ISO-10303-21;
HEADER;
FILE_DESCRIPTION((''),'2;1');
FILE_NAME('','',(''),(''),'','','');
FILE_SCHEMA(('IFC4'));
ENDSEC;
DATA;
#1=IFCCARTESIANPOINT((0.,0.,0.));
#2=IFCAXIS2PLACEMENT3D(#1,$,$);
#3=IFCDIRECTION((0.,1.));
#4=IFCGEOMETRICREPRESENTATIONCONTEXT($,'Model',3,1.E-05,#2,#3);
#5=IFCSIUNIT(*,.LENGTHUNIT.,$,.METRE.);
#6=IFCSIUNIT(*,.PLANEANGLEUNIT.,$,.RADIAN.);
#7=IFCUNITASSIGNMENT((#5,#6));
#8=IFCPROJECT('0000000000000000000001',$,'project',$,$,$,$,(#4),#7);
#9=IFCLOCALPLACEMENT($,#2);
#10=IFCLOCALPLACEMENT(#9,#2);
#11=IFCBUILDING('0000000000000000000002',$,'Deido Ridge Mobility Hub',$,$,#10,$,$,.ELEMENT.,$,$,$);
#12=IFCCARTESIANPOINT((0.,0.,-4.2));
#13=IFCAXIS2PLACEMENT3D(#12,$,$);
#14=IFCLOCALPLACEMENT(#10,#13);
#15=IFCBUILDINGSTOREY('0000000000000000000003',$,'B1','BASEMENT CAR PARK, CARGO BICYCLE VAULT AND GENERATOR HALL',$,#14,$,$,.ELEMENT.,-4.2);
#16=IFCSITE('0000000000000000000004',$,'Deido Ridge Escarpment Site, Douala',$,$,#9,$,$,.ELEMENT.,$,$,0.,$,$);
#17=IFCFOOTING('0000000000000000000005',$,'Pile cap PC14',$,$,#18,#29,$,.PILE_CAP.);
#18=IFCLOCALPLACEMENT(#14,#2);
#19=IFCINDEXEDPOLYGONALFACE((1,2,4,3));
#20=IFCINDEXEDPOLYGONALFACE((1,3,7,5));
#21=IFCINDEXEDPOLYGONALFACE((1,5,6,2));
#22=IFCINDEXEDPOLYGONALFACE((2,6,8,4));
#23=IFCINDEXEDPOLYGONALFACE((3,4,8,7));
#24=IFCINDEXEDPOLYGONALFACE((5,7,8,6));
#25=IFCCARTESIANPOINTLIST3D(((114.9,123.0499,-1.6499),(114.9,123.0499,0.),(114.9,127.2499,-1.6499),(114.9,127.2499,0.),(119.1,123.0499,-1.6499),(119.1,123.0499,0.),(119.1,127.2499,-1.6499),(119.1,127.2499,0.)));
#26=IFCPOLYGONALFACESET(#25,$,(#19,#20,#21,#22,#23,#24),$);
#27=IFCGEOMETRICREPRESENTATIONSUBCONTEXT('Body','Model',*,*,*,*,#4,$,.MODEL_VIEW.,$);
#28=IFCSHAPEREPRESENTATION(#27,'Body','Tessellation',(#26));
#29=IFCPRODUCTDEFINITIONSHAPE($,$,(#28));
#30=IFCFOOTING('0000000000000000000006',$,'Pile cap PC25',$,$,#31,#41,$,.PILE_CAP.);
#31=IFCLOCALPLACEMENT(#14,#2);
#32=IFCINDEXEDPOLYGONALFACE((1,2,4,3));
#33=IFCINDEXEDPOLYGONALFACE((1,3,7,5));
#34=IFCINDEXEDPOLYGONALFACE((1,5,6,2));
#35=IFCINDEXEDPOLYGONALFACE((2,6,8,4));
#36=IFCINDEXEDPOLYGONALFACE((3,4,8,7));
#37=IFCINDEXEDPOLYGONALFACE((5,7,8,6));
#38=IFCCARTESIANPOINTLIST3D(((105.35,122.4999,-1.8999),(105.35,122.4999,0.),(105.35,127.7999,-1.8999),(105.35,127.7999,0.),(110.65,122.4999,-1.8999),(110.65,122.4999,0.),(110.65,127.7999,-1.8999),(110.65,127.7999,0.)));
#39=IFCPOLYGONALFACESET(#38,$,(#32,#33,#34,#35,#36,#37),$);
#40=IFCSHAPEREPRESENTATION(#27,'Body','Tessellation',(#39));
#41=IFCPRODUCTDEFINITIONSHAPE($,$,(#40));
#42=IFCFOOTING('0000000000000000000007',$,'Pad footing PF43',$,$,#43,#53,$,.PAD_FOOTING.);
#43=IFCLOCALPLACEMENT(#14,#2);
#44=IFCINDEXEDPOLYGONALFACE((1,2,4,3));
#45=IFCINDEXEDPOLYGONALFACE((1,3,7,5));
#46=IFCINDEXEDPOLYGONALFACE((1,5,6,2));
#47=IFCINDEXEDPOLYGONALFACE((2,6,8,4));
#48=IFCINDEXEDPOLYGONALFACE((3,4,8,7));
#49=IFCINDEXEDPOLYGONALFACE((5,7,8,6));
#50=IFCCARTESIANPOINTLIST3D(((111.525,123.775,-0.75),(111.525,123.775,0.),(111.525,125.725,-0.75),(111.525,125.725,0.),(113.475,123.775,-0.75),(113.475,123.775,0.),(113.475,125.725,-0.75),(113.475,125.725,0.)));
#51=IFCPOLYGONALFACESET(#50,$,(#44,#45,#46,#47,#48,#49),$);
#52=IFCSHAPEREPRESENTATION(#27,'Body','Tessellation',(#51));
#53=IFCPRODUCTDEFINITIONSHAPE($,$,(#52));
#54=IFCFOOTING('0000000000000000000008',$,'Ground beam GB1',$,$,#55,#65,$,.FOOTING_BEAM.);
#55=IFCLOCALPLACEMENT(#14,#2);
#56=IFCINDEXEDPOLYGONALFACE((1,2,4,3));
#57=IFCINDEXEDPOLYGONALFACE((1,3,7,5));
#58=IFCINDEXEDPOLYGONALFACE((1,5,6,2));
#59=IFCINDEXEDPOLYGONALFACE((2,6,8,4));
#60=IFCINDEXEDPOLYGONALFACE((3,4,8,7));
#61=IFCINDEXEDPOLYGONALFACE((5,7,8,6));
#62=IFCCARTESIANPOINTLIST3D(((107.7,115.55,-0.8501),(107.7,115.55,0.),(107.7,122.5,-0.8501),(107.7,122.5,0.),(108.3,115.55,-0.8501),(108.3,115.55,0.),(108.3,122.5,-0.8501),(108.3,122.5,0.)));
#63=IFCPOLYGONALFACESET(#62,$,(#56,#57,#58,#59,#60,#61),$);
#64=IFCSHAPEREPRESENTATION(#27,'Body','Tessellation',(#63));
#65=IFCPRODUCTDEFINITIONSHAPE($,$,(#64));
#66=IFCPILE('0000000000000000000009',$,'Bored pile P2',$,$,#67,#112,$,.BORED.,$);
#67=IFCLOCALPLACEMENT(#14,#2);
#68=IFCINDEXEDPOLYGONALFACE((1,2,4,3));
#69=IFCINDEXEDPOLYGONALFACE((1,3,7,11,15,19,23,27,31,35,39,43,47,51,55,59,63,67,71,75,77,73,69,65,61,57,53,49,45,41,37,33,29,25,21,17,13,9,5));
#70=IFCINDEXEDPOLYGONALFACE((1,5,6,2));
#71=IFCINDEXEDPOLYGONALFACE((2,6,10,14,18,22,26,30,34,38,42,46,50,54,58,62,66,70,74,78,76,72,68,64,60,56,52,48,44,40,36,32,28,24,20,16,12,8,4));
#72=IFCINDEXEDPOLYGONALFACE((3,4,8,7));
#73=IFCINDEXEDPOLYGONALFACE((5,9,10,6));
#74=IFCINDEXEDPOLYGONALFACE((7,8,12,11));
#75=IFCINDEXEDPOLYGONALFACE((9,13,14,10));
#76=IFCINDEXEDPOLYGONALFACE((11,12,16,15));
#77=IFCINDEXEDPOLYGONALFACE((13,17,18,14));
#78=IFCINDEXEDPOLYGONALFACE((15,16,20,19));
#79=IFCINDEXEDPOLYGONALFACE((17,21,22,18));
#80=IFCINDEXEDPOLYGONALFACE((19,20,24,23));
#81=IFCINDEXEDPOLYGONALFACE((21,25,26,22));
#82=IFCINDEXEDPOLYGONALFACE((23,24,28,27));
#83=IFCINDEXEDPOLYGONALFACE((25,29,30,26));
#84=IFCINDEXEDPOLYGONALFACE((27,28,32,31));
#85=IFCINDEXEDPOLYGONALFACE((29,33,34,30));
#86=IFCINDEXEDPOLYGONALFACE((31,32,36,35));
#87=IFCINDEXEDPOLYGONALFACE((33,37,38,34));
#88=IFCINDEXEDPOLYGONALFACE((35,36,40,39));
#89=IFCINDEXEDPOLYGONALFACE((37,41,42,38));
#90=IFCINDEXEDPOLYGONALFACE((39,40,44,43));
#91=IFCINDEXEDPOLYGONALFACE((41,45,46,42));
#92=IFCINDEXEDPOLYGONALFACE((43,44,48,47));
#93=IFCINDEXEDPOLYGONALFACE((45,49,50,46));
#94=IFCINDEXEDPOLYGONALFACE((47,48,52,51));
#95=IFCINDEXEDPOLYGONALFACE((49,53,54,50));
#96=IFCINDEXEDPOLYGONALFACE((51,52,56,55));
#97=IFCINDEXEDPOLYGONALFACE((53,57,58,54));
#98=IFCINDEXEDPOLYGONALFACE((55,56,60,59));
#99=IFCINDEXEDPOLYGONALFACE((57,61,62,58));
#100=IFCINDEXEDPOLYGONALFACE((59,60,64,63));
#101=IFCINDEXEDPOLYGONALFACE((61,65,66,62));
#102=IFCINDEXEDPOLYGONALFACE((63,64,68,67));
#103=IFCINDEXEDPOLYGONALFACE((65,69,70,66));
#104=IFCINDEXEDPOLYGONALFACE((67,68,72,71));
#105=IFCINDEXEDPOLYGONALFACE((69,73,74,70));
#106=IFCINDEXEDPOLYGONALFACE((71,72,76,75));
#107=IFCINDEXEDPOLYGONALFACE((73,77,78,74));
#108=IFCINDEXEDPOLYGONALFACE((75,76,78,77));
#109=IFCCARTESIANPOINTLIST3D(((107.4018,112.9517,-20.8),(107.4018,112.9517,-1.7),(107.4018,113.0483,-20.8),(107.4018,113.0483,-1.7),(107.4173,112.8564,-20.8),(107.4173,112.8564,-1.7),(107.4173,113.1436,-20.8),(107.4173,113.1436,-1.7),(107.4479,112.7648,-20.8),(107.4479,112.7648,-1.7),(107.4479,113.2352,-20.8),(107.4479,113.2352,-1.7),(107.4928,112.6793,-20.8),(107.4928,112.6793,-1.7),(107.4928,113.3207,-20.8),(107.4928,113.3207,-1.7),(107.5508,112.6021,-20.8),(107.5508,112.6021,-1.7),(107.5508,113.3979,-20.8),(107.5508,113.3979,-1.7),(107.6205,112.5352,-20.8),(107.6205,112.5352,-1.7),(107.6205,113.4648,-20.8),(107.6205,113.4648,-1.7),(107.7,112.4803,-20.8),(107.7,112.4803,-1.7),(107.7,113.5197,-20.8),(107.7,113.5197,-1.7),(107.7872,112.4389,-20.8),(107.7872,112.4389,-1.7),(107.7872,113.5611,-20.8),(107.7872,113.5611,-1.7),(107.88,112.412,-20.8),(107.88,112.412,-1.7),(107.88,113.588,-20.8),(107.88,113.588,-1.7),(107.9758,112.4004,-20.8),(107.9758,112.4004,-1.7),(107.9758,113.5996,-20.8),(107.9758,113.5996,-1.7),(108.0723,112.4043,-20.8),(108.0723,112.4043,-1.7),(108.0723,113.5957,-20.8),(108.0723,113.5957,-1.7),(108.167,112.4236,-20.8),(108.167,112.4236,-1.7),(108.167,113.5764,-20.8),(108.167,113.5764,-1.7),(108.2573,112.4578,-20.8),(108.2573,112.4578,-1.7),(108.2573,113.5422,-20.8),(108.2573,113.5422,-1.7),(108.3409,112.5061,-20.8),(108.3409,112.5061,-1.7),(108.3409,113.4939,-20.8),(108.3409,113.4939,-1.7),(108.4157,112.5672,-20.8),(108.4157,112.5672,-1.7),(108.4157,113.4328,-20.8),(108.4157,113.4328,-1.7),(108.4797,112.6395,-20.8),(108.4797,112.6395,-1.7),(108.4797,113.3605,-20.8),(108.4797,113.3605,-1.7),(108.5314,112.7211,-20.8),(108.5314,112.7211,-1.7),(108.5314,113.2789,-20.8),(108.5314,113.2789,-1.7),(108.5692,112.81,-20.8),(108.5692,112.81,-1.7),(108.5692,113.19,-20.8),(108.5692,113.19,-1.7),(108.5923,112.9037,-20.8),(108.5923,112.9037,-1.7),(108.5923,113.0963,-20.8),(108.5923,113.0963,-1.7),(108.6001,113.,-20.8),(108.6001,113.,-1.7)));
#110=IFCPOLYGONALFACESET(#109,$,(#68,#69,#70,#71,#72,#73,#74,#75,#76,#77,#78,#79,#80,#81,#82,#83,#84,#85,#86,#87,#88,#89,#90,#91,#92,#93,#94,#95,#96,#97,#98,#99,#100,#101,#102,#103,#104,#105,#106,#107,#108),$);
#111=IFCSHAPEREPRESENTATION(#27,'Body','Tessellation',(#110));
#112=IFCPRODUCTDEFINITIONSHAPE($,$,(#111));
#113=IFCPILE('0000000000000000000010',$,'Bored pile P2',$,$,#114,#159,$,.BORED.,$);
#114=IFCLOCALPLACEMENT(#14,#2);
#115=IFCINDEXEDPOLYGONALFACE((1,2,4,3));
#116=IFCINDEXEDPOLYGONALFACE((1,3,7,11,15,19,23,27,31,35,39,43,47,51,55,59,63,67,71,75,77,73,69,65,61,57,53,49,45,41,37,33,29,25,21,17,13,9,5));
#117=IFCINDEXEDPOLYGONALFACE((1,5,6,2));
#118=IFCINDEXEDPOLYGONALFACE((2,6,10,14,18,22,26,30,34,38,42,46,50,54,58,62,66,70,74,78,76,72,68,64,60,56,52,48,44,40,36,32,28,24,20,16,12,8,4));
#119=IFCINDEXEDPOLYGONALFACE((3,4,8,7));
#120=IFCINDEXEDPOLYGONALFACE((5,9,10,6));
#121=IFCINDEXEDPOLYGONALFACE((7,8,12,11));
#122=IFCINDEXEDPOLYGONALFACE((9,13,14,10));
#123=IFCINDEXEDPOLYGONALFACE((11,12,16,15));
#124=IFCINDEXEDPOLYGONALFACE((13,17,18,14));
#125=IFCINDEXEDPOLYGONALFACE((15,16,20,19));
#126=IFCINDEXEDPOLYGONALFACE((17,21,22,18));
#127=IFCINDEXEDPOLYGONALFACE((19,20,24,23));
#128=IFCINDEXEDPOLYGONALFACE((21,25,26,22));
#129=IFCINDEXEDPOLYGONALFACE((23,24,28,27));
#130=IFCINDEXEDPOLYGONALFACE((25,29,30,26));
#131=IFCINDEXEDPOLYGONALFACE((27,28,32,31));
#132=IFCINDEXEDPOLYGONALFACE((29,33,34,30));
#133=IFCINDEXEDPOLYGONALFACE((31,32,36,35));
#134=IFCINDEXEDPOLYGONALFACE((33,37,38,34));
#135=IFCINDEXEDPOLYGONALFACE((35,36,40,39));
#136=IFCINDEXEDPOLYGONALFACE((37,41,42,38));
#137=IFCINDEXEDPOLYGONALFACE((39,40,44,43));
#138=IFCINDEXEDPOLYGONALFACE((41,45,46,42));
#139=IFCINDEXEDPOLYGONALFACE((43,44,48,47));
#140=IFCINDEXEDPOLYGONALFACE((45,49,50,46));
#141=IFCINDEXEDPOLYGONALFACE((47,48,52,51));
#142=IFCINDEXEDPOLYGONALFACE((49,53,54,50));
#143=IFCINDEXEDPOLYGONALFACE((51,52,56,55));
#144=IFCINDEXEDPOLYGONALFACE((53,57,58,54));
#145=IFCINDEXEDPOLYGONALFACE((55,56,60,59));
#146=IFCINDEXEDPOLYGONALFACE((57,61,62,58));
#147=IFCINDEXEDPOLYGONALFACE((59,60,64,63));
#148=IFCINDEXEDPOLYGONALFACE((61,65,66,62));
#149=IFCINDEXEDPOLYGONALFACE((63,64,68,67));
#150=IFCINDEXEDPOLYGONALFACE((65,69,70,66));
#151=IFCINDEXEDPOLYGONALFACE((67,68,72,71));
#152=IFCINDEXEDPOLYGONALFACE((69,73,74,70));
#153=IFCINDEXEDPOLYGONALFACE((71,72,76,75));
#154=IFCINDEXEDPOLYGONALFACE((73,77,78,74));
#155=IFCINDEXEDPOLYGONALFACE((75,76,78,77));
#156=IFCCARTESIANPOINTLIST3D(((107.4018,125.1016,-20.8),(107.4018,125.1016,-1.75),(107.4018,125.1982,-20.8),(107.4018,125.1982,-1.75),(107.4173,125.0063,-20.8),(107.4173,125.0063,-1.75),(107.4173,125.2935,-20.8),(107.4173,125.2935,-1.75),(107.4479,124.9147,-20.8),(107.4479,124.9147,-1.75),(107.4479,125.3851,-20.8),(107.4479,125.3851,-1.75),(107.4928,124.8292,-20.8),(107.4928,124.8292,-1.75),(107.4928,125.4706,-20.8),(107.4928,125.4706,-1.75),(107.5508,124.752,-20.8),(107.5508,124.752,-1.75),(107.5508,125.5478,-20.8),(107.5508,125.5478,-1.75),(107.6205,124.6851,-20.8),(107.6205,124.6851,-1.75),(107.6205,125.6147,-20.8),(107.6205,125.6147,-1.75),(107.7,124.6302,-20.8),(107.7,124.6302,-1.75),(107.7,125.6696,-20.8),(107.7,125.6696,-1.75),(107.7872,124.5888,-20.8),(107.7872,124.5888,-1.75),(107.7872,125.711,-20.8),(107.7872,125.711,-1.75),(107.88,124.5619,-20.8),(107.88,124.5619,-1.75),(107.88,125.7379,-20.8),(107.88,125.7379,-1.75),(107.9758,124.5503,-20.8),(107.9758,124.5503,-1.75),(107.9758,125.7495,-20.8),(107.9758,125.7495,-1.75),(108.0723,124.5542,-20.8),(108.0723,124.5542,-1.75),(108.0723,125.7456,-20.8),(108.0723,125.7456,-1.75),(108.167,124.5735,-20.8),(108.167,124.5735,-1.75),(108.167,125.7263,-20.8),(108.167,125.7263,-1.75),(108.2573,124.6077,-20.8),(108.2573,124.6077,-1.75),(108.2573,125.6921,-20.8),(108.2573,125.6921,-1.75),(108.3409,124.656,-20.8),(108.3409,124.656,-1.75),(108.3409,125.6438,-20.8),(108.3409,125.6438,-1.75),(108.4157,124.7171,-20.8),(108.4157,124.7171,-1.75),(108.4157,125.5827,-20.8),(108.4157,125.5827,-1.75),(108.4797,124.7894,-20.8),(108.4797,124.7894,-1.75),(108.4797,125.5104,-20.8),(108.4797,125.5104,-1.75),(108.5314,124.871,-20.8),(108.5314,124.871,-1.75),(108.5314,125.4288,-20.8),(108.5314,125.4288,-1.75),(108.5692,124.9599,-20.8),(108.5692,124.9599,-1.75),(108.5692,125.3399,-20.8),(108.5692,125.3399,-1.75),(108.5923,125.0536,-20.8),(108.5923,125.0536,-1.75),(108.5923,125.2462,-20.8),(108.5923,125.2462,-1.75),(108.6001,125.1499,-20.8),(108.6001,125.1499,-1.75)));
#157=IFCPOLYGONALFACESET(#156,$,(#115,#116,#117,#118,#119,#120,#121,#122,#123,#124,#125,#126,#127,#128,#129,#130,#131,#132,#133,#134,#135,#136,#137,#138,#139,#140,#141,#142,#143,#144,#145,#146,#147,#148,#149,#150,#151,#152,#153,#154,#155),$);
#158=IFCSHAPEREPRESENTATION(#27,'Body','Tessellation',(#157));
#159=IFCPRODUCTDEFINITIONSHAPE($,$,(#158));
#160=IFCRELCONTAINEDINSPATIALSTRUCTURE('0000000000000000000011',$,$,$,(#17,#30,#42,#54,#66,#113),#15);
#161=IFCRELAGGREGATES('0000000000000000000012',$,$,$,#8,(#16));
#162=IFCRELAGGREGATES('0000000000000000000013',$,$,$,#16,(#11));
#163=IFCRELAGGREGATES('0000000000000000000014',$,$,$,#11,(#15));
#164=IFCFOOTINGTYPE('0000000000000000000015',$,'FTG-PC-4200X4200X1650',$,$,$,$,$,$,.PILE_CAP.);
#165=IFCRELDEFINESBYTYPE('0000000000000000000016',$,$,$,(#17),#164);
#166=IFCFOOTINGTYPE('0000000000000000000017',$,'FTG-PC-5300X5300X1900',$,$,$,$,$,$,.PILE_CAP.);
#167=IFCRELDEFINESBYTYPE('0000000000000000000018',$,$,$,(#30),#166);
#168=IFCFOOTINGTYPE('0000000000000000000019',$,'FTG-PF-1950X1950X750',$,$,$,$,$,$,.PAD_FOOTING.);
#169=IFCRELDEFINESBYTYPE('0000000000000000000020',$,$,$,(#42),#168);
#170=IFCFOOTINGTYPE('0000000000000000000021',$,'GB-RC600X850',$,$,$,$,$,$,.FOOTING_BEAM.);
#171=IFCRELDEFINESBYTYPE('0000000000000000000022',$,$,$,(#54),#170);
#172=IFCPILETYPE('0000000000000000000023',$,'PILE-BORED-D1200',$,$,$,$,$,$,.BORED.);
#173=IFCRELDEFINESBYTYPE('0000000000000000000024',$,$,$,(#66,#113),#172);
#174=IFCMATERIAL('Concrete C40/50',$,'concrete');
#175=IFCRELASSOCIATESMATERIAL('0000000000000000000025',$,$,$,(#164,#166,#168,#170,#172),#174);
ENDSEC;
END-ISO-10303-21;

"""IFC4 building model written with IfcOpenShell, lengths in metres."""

from ifc_helpers import new_model, si_unit, direction, frame, origin, origin_2d, place, context, subcontext, project, spatial, rectangle, circle, extrude, material, material_profile, profile_set, type_object, element, save


model = new_model("IFC4")

# Units and contexts
model_context = context("Model", 3, precision=1e-05, world=origin(), true_north=direction((0.0, 1.0)))
body_context = subcontext(model_context, "Body", "Model", "MODEL_VIEW")
ifc_project = project(units=[si_unit("LENGTHUNIT", "METRE"), si_unit("PLANEANGLEUNIT", "RADIAN")], contexts=[model_context])

# Site, building, storey
site_placement = place(None, origin())
site = spatial("IfcSite", under=ifc_project, at=site_placement, Name="Deido Ridge Escarpment Site, Douala", CompositionType="ELEMENT", RefElevation=0.0)
building_placement = place(site_placement, origin())
building = spatial("IfcBuilding", under=site, at=building_placement, Name="Deido Ridge Mobility Hub", CompositionType="ELEMENT")
storey_placement = place(building_placement, frame((0.0, 0.0, -4.2)))
storey = spatial("IfcBuildingStorey", under=building, at=storey_placement, Name="B1", Description="BASEMENT CAR PARK, CARGO BICYCLE VAULT AND GENERATOR HALL", CompositionType="ELEMENT", Elevation=-4.2)

# Footings
ifc_material_1 = material(Name="Concrete C40/50", Category="concrete")
footing_type_1 = type_object("IfcFootingType", Name="FTG-PC-4200X4200X1650", PredefinedType="PILE_CAP", material=ifc_material_1)
footing_1_placement = place(storey_placement, frame((117.0, 125.1499, -1.6499), z_axis=(0.0, 0.0, 1.0), x_axis=(1.0, 0.0, 0.0)))
element("IfcFooting", 1, at=footing_1_placement, inside=storey, type_object=footing_type_1, Name="Pile cap PC14", PredefinedType="PILE_CAP", context=body_context, shape_type="SweptSolid", body=[
    extrude(rectangle(XDim=4.2, YDim=4.2, at=origin_2d()), origin(), (0.0, 0.0, 1.0), 1.6499),
])
footing_type_2 = type_object("IfcFootingType", Name="FTG-PC-5300X5300X1900", PredefinedType="PILE_CAP", material=ifc_material_1)
footing_2_placement = place(storey_placement, frame((108.0, 125.1499, -1.8999), z_axis=(0.0, 0.0, 1.0), x_axis=(1.0, 0.0, 0.0)))
element("IfcFooting", 2, at=footing_2_placement, inside=storey, type_object=footing_type_2, Name="Pile cap PC25", PredefinedType="PILE_CAP", context=body_context, shape_type="SweptSolid", body=[
    extrude(rectangle(XDim=5.3, YDim=5.3, at=origin_2d()), origin(), (0.0, 0.0, 1.0), 1.8999),
])
footing_type_3 = type_object("IfcFootingType", Name="FTG-PF-1950X1950X750", PredefinedType="PAD_FOOTING", material=ifc_material_1)
footing_3_placement = place(storey_placement, frame((112.5, 124.75, -0.75), z_axis=(0.0, 0.0, 1.0), x_axis=(1.0, 0.0, 0.0)))
element("IfcFooting", 3, at=footing_3_placement, inside=storey, type_object=footing_type_3, Name="Pad footing PF43", PredefinedType="PAD_FOOTING", context=body_context, shape_type="SweptSolid", body=[
    extrude(rectangle(XDim=1.95, YDim=1.95, at=origin_2d()), origin(), (0.0, 0.0, 1.0), 0.75),
])
ifc_material_profile_1 = material_profile(ifc_material_1, rectangle(XDim=0.6001, YDim=0.8501, at=origin_2d()), Name="RC GB 600x850")
ifc_profile_set_1 = profile_set([ifc_material_profile_1], Name="Concrete C40/50")
footing_type_4 = type_object("IfcFootingType", Name="GB-RC600X850", PredefinedType="FOOTING_BEAM", material=ifc_profile_set_1)
footing_4_placement = place(storey_placement, frame((108.0, 115.55, -0.425), z_axis=(0.0, 1.0, 0.0), x_axis=(-1.0, 0.0, 0.0)))
element("IfcFooting", 4, at=footing_4_placement, inside=storey, type_object=footing_type_4, Name="Ground beam GB1", PredefinedType="FOOTING_BEAM", context=body_context, shape_type="SweptSolid", body=[
    extrude(rectangle(XDim=0.6001, YDim=0.8501, at=origin_2d()), origin(), (0.0, 0.0, 1.0), 6.95),
])

# Piles
ifc_material_profile_2 = material_profile(ifc_material_1, circle(Radius=0.6001, at=origin_2d()), Name="BORED PILE D1200")
ifc_profile_set_2 = profile_set([ifc_material_profile_2], Name="Concrete C40/50")
pile_type_1 = type_object("IfcPileType", Name="PILE-BORED-D1200", PredefinedType="BORED", material=ifc_profile_set_2)
pile_1_placement = place(storey_placement, frame((108.0, 113.0, -1.7), z_axis=(0.0, 0.0, -1.0), x_axis=(1.0, 0.0, 0.0)))
element("IfcPile", 5, at=pile_1_placement, inside=storey, type_object=pile_type_1, Name="Bored pile P2", PredefinedType="BORED", context=body_context, shape_type="SweptSolid", body=[
    extrude(circle(Radius=0.6001, at=origin_2d()), origin(), (0.0, 0.0, 1.0), 19.1001),
])
pile_2_placement = place(storey_placement, frame((108.0, 125.1499, -1.75), z_axis=(0.0, 0.0, -1.0), x_axis=(1.0, 0.0, 0.0)))
element("IfcPile", 6, at=pile_2_placement, inside=storey, type_object=pile_type_1, Name="Bored pile P2", PredefinedType="BORED", context=body_context, shape_type="SweptSolid", body=[
    extrude(circle(Radius=0.6001, at=origin_2d()), origin(), (0.0, 0.0, 1.0), 19.05),
])

save(model, "model.ifc")
